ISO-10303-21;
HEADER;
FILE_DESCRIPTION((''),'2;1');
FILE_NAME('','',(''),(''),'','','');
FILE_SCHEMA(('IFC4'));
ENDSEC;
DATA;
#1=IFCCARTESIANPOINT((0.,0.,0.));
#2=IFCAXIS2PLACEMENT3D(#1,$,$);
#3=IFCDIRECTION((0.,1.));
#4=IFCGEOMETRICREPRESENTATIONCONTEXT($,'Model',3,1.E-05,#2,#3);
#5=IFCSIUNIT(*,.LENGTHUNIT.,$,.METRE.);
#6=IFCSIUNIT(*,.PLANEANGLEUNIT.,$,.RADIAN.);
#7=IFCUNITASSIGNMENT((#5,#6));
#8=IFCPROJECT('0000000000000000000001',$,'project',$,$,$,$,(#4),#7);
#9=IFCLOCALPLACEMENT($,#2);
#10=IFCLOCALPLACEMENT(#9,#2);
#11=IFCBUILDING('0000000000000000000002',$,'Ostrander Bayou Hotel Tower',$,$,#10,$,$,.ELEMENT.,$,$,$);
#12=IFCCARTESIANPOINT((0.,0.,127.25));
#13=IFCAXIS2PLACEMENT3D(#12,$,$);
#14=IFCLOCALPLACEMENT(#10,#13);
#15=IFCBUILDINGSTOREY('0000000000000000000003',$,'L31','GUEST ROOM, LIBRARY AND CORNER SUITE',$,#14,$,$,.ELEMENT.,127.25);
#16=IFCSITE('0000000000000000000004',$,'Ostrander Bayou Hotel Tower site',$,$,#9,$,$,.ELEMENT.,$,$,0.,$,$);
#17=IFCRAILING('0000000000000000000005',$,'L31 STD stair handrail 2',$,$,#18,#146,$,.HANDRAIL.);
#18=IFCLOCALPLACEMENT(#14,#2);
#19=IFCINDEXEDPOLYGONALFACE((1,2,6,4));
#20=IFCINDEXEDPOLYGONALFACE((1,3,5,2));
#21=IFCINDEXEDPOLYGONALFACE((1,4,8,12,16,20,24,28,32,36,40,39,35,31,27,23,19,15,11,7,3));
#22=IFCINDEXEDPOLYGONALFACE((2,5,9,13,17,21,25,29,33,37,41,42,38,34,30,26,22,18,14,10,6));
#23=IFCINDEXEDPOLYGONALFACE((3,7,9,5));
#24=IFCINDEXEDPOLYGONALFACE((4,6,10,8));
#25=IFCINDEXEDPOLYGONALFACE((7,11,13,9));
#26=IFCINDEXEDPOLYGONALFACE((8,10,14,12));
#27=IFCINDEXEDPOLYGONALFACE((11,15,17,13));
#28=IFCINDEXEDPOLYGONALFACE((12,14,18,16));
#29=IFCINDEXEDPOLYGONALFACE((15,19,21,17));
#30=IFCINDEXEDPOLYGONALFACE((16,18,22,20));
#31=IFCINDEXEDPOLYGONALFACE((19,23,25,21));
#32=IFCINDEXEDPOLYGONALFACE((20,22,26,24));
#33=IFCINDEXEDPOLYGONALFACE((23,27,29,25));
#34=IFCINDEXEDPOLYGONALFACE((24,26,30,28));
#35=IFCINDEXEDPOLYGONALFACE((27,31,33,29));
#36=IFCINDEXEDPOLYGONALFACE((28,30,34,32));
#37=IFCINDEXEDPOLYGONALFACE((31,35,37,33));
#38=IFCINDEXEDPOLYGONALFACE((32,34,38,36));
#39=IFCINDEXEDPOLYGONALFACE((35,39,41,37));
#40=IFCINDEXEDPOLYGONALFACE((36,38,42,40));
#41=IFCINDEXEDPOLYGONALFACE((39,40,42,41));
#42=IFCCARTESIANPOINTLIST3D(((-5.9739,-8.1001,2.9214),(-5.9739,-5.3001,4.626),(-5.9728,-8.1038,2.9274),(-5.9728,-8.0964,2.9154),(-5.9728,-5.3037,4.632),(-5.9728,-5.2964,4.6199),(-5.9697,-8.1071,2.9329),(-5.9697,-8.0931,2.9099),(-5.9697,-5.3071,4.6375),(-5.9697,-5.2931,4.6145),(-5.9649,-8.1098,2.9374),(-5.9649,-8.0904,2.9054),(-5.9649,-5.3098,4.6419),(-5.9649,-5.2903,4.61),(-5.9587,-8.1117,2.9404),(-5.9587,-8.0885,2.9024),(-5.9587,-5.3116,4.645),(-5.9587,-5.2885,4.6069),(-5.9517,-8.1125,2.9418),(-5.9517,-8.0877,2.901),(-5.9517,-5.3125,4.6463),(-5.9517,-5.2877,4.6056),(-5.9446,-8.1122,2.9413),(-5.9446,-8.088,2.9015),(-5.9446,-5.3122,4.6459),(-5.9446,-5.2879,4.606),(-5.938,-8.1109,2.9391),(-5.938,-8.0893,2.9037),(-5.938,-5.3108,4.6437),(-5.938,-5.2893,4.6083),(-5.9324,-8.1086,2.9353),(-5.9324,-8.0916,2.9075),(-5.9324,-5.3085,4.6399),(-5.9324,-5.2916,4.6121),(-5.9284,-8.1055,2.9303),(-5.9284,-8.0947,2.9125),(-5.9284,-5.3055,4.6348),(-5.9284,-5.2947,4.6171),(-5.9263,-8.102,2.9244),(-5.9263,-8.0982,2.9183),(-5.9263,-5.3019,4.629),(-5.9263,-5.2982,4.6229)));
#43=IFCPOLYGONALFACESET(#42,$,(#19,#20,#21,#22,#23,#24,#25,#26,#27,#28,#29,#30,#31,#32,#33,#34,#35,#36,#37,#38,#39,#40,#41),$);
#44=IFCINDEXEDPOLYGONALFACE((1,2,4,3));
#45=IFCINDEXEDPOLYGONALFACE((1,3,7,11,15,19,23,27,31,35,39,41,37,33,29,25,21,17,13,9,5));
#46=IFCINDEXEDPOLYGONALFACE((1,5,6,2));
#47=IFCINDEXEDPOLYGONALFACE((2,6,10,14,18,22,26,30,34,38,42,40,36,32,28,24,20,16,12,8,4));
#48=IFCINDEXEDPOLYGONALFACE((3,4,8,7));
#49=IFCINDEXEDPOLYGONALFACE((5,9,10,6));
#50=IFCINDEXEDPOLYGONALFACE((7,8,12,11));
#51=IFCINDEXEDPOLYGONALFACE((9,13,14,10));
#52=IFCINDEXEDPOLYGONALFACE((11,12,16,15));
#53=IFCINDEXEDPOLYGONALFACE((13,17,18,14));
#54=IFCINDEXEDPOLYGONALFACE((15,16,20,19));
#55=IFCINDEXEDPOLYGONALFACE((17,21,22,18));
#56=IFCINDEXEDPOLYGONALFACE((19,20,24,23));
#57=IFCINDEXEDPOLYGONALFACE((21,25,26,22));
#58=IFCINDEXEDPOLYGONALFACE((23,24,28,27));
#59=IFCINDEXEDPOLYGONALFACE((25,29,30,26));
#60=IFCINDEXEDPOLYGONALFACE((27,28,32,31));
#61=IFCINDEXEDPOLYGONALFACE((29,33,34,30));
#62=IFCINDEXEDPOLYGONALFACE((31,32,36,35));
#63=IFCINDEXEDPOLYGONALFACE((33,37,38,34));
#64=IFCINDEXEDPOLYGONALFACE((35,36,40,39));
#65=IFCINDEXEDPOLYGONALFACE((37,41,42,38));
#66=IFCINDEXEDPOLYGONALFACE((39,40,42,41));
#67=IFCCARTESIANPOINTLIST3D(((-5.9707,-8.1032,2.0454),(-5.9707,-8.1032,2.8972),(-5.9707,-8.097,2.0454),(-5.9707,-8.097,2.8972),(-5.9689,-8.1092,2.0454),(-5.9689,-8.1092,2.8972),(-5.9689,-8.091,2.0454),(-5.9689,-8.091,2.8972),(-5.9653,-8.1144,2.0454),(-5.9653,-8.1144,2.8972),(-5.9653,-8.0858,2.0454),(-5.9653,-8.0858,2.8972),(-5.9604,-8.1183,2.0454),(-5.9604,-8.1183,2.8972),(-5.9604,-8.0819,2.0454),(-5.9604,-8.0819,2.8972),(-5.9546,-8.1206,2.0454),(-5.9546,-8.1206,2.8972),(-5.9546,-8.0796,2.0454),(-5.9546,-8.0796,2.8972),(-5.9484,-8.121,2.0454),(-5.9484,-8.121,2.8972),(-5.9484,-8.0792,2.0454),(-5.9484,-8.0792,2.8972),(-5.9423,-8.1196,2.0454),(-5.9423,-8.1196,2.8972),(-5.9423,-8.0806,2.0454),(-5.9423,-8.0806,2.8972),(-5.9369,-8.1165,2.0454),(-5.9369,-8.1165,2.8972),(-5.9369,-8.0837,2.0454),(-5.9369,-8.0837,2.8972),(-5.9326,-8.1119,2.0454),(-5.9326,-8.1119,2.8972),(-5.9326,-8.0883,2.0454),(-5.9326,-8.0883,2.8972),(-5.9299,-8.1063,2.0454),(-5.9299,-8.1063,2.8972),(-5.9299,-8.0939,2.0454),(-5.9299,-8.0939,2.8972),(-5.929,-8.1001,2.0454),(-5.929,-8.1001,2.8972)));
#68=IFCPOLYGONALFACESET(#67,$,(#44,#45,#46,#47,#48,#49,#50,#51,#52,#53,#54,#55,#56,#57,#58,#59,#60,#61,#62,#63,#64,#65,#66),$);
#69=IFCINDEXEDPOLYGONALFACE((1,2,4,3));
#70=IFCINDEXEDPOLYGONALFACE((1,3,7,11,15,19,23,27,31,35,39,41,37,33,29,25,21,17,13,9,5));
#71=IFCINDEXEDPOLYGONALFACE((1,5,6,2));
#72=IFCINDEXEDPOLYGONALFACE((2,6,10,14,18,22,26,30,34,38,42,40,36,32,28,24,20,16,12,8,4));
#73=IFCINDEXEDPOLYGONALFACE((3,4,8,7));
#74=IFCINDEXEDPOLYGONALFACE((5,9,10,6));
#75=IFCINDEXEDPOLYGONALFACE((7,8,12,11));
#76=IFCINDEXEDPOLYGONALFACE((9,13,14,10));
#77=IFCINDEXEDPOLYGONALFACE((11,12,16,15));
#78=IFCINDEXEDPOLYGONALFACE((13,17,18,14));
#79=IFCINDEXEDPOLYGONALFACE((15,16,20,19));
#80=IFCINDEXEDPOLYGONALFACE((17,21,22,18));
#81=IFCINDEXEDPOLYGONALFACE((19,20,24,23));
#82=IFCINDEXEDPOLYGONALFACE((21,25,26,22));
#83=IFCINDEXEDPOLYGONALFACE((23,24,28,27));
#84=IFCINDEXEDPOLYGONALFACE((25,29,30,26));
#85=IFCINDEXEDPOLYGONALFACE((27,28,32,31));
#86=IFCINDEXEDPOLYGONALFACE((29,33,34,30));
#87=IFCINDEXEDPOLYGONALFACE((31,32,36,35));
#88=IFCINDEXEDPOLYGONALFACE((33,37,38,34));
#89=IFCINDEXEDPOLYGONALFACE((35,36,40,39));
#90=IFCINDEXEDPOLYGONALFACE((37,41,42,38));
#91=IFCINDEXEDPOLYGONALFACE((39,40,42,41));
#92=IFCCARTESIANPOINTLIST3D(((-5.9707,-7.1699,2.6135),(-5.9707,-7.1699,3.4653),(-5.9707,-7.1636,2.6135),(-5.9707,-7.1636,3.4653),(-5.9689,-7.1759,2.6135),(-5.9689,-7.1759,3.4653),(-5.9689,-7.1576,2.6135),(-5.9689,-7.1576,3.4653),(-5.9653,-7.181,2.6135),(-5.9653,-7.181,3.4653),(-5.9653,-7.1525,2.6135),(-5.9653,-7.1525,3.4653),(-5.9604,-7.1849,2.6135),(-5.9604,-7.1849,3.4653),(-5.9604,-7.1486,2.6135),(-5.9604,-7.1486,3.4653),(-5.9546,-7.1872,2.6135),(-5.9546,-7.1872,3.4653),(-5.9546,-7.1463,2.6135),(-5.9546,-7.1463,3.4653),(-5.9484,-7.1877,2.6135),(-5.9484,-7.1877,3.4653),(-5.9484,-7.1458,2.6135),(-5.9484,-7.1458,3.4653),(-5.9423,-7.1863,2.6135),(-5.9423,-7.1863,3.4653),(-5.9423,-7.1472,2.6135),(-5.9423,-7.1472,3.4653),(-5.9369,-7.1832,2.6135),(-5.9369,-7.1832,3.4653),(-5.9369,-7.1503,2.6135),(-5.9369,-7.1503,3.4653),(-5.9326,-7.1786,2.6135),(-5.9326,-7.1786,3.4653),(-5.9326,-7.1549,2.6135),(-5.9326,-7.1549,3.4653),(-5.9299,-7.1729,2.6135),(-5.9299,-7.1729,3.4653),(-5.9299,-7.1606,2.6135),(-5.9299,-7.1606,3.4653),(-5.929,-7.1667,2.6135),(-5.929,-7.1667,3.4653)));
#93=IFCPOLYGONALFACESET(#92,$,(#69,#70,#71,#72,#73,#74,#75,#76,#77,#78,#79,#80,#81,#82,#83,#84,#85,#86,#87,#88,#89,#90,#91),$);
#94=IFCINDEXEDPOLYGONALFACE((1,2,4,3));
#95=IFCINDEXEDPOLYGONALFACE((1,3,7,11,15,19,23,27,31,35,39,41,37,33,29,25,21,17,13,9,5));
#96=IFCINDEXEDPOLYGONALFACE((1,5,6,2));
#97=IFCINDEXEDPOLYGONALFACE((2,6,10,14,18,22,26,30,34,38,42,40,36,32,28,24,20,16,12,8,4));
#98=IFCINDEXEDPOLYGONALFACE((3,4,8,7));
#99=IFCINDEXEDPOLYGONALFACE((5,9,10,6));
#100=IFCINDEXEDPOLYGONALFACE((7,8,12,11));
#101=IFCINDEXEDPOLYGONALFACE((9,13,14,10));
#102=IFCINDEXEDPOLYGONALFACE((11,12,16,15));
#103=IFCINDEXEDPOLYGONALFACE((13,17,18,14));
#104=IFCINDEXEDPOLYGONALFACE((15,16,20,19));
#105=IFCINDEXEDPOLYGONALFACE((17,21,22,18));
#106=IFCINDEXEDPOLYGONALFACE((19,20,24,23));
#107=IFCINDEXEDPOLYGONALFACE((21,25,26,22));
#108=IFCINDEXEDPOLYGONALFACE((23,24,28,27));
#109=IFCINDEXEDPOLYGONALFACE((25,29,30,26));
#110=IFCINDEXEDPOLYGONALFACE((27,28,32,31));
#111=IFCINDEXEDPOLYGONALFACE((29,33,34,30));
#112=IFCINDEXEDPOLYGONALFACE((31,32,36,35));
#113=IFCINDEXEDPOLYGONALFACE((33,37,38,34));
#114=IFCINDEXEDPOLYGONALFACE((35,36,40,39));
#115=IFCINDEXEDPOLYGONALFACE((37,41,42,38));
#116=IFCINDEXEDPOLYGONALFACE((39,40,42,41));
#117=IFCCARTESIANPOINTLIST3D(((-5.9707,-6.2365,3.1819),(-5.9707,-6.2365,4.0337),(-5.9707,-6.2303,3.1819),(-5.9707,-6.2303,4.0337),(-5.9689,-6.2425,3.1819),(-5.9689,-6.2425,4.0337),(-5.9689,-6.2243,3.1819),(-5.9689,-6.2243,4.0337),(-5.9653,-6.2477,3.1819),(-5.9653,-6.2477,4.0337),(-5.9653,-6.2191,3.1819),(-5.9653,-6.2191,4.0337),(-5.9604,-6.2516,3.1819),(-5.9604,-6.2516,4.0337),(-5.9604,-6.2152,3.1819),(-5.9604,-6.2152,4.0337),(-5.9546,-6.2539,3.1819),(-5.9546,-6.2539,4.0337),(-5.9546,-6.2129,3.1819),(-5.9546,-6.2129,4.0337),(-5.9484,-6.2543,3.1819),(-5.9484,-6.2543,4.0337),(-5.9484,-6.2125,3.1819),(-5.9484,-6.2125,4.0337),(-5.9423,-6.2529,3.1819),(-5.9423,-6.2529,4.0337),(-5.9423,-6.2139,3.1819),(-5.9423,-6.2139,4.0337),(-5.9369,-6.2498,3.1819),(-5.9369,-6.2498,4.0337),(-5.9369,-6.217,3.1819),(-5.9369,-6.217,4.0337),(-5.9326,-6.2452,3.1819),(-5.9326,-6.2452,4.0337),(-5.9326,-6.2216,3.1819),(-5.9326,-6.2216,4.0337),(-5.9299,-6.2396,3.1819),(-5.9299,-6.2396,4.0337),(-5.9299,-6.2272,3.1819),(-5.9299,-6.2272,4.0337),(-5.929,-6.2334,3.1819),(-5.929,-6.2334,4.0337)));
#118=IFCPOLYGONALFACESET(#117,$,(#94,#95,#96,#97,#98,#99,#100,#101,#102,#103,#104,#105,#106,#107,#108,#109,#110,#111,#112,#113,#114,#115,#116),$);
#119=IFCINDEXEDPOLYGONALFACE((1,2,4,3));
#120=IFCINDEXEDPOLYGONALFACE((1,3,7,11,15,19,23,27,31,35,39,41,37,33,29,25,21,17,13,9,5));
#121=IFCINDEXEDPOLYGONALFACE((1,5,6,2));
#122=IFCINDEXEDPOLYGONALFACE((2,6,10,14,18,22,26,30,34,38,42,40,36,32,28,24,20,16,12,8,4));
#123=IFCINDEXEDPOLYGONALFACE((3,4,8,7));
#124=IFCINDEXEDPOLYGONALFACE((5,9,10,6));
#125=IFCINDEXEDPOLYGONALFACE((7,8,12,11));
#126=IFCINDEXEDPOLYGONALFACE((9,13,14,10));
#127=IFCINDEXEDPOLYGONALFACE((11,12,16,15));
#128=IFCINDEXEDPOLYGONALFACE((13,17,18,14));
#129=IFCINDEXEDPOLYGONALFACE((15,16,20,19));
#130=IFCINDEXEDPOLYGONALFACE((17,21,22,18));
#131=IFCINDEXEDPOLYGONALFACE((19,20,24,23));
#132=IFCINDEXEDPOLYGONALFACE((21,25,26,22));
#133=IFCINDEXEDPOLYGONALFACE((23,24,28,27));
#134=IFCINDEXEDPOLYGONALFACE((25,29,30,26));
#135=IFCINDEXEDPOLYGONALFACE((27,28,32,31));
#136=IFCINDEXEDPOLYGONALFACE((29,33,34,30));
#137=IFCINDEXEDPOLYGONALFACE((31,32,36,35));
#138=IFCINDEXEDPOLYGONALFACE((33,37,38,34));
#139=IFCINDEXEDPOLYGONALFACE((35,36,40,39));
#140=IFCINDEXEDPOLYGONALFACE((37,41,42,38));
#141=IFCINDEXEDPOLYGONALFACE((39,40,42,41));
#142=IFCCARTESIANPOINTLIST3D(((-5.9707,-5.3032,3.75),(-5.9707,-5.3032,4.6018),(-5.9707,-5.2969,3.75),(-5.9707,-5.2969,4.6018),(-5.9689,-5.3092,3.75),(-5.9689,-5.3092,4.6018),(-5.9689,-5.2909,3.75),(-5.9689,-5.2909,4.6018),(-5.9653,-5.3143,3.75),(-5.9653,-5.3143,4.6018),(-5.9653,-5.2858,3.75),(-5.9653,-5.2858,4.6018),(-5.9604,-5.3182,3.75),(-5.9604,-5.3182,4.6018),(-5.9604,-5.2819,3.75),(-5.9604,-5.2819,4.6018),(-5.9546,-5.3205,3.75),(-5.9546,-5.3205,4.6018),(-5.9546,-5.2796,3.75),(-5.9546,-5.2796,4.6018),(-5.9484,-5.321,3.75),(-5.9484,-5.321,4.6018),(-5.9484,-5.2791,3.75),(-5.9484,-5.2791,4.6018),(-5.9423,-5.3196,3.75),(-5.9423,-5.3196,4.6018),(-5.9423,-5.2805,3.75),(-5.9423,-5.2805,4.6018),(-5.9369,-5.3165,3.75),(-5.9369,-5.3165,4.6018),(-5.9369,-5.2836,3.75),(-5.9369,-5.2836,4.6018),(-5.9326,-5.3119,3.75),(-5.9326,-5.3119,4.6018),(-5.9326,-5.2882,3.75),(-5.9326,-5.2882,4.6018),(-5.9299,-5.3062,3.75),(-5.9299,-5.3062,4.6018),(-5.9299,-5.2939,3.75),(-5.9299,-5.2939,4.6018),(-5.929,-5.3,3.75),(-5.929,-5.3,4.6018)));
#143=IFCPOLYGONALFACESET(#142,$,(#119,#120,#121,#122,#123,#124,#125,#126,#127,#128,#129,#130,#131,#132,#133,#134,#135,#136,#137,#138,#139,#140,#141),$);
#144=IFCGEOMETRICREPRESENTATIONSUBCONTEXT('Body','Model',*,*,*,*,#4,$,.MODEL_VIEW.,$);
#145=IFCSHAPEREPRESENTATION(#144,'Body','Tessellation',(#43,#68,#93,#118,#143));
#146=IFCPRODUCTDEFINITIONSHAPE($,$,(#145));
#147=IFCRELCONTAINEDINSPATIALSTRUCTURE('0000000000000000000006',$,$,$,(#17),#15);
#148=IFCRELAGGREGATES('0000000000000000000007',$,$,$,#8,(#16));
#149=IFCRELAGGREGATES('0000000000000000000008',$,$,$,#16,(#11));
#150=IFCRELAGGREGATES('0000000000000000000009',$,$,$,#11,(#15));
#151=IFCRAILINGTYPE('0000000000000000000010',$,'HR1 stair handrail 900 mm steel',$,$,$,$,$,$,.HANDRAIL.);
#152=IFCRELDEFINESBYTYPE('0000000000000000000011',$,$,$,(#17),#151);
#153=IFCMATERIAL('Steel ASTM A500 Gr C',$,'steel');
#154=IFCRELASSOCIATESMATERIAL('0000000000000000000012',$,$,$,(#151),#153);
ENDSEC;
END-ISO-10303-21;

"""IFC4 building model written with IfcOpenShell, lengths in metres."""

from ifc_helpers import new_model, si_unit, direction, frame, origin, origin_2d, place, context, subcontext, project, spatial, circle, extrude, material, type_object, element, save


model = new_model("IFC4")

# Units and contexts
model_context = context("Model", 3, precision=1e-05, world=origin(), true_north=direction((0.0, 1.0)))
body_context = subcontext(model_context, "Body", "Model", "MODEL_VIEW")
ifc_project = project(units=[si_unit("LENGTHUNIT", "METRE"), si_unit("PLANEANGLEUNIT", "RADIAN")], contexts=[model_context])

# Site, building, storey
site_placement = place(None, origin())
site = spatial("IfcSite", under=ifc_project, at=site_placement, Name="Ostrander Bayou Hotel Tower site", CompositionType="ELEMENT", RefElevation=0.0)
building_placement = place(site_placement, origin())
building = spatial("IfcBuilding", under=site, at=building_placement, Name="Ostrander Bayou Hotel Tower", CompositionType="ELEMENT")
storey_placement = place(building_placement, frame((0.0, 0.0, 127.25)))
storey = spatial("IfcBuildingStorey", under=building, at=storey_placement, Name="L31", Description="GUEST ROOM, LIBRARY AND CORNER SUITE", CompositionType="ELEMENT", Elevation=127.25)

# Railing
ifc_material_1 = material(Name="Steel ASTM A500 Gr C", Category="steel")
railing_type_1 = type_object("IfcRailingType", Name="HR1 stair handrail 900 mm steel", PredefinedType="HANDRAIL", material=ifc_material_1)
railing_1_placement = place(storey_placement, frame((-5.95, -8.1001, 2.0454)))
element("IfcRailing", 1, at=railing_1_placement, inside=storey, type_object=railing_type_1, Name="L31 STD stair handrail 2", PredefinedType="HANDRAIL", context=body_context, shape_type="SweptSolid", body=[
    extrude(circle(Radius=0.0239, at=origin_2d()), frame((0.0, 0.0, 0.876), z_axis=(0.0, 0.85417, 0.519994), x_axis=(-1.0, 0.0, 0.0)), (0.0, 0.0, 1.0), 3.2781),
    extrude(circle(Radius=0.021, at=origin_2d()), origin(), (0.0, 0.0, 1.0), 0.8518),
    extrude(circle(Radius=0.021, at=origin_2d()), frame((0.0, 0.9333, 0.5681)), (0.0, 0.0, 1.0), 0.8518),
    extrude(circle(Radius=0.021, at=origin_2d()), frame((0.0, 1.8667, 1.1365)), (0.0, 0.0, 1.0), 0.8518),
    extrude(circle(Radius=0.021, at=origin_2d()), frame((0.0, 2.8, 1.7046)), (0.0, 0.0, 1.0), 0.8518),
])

save(model, "model.ifc")
